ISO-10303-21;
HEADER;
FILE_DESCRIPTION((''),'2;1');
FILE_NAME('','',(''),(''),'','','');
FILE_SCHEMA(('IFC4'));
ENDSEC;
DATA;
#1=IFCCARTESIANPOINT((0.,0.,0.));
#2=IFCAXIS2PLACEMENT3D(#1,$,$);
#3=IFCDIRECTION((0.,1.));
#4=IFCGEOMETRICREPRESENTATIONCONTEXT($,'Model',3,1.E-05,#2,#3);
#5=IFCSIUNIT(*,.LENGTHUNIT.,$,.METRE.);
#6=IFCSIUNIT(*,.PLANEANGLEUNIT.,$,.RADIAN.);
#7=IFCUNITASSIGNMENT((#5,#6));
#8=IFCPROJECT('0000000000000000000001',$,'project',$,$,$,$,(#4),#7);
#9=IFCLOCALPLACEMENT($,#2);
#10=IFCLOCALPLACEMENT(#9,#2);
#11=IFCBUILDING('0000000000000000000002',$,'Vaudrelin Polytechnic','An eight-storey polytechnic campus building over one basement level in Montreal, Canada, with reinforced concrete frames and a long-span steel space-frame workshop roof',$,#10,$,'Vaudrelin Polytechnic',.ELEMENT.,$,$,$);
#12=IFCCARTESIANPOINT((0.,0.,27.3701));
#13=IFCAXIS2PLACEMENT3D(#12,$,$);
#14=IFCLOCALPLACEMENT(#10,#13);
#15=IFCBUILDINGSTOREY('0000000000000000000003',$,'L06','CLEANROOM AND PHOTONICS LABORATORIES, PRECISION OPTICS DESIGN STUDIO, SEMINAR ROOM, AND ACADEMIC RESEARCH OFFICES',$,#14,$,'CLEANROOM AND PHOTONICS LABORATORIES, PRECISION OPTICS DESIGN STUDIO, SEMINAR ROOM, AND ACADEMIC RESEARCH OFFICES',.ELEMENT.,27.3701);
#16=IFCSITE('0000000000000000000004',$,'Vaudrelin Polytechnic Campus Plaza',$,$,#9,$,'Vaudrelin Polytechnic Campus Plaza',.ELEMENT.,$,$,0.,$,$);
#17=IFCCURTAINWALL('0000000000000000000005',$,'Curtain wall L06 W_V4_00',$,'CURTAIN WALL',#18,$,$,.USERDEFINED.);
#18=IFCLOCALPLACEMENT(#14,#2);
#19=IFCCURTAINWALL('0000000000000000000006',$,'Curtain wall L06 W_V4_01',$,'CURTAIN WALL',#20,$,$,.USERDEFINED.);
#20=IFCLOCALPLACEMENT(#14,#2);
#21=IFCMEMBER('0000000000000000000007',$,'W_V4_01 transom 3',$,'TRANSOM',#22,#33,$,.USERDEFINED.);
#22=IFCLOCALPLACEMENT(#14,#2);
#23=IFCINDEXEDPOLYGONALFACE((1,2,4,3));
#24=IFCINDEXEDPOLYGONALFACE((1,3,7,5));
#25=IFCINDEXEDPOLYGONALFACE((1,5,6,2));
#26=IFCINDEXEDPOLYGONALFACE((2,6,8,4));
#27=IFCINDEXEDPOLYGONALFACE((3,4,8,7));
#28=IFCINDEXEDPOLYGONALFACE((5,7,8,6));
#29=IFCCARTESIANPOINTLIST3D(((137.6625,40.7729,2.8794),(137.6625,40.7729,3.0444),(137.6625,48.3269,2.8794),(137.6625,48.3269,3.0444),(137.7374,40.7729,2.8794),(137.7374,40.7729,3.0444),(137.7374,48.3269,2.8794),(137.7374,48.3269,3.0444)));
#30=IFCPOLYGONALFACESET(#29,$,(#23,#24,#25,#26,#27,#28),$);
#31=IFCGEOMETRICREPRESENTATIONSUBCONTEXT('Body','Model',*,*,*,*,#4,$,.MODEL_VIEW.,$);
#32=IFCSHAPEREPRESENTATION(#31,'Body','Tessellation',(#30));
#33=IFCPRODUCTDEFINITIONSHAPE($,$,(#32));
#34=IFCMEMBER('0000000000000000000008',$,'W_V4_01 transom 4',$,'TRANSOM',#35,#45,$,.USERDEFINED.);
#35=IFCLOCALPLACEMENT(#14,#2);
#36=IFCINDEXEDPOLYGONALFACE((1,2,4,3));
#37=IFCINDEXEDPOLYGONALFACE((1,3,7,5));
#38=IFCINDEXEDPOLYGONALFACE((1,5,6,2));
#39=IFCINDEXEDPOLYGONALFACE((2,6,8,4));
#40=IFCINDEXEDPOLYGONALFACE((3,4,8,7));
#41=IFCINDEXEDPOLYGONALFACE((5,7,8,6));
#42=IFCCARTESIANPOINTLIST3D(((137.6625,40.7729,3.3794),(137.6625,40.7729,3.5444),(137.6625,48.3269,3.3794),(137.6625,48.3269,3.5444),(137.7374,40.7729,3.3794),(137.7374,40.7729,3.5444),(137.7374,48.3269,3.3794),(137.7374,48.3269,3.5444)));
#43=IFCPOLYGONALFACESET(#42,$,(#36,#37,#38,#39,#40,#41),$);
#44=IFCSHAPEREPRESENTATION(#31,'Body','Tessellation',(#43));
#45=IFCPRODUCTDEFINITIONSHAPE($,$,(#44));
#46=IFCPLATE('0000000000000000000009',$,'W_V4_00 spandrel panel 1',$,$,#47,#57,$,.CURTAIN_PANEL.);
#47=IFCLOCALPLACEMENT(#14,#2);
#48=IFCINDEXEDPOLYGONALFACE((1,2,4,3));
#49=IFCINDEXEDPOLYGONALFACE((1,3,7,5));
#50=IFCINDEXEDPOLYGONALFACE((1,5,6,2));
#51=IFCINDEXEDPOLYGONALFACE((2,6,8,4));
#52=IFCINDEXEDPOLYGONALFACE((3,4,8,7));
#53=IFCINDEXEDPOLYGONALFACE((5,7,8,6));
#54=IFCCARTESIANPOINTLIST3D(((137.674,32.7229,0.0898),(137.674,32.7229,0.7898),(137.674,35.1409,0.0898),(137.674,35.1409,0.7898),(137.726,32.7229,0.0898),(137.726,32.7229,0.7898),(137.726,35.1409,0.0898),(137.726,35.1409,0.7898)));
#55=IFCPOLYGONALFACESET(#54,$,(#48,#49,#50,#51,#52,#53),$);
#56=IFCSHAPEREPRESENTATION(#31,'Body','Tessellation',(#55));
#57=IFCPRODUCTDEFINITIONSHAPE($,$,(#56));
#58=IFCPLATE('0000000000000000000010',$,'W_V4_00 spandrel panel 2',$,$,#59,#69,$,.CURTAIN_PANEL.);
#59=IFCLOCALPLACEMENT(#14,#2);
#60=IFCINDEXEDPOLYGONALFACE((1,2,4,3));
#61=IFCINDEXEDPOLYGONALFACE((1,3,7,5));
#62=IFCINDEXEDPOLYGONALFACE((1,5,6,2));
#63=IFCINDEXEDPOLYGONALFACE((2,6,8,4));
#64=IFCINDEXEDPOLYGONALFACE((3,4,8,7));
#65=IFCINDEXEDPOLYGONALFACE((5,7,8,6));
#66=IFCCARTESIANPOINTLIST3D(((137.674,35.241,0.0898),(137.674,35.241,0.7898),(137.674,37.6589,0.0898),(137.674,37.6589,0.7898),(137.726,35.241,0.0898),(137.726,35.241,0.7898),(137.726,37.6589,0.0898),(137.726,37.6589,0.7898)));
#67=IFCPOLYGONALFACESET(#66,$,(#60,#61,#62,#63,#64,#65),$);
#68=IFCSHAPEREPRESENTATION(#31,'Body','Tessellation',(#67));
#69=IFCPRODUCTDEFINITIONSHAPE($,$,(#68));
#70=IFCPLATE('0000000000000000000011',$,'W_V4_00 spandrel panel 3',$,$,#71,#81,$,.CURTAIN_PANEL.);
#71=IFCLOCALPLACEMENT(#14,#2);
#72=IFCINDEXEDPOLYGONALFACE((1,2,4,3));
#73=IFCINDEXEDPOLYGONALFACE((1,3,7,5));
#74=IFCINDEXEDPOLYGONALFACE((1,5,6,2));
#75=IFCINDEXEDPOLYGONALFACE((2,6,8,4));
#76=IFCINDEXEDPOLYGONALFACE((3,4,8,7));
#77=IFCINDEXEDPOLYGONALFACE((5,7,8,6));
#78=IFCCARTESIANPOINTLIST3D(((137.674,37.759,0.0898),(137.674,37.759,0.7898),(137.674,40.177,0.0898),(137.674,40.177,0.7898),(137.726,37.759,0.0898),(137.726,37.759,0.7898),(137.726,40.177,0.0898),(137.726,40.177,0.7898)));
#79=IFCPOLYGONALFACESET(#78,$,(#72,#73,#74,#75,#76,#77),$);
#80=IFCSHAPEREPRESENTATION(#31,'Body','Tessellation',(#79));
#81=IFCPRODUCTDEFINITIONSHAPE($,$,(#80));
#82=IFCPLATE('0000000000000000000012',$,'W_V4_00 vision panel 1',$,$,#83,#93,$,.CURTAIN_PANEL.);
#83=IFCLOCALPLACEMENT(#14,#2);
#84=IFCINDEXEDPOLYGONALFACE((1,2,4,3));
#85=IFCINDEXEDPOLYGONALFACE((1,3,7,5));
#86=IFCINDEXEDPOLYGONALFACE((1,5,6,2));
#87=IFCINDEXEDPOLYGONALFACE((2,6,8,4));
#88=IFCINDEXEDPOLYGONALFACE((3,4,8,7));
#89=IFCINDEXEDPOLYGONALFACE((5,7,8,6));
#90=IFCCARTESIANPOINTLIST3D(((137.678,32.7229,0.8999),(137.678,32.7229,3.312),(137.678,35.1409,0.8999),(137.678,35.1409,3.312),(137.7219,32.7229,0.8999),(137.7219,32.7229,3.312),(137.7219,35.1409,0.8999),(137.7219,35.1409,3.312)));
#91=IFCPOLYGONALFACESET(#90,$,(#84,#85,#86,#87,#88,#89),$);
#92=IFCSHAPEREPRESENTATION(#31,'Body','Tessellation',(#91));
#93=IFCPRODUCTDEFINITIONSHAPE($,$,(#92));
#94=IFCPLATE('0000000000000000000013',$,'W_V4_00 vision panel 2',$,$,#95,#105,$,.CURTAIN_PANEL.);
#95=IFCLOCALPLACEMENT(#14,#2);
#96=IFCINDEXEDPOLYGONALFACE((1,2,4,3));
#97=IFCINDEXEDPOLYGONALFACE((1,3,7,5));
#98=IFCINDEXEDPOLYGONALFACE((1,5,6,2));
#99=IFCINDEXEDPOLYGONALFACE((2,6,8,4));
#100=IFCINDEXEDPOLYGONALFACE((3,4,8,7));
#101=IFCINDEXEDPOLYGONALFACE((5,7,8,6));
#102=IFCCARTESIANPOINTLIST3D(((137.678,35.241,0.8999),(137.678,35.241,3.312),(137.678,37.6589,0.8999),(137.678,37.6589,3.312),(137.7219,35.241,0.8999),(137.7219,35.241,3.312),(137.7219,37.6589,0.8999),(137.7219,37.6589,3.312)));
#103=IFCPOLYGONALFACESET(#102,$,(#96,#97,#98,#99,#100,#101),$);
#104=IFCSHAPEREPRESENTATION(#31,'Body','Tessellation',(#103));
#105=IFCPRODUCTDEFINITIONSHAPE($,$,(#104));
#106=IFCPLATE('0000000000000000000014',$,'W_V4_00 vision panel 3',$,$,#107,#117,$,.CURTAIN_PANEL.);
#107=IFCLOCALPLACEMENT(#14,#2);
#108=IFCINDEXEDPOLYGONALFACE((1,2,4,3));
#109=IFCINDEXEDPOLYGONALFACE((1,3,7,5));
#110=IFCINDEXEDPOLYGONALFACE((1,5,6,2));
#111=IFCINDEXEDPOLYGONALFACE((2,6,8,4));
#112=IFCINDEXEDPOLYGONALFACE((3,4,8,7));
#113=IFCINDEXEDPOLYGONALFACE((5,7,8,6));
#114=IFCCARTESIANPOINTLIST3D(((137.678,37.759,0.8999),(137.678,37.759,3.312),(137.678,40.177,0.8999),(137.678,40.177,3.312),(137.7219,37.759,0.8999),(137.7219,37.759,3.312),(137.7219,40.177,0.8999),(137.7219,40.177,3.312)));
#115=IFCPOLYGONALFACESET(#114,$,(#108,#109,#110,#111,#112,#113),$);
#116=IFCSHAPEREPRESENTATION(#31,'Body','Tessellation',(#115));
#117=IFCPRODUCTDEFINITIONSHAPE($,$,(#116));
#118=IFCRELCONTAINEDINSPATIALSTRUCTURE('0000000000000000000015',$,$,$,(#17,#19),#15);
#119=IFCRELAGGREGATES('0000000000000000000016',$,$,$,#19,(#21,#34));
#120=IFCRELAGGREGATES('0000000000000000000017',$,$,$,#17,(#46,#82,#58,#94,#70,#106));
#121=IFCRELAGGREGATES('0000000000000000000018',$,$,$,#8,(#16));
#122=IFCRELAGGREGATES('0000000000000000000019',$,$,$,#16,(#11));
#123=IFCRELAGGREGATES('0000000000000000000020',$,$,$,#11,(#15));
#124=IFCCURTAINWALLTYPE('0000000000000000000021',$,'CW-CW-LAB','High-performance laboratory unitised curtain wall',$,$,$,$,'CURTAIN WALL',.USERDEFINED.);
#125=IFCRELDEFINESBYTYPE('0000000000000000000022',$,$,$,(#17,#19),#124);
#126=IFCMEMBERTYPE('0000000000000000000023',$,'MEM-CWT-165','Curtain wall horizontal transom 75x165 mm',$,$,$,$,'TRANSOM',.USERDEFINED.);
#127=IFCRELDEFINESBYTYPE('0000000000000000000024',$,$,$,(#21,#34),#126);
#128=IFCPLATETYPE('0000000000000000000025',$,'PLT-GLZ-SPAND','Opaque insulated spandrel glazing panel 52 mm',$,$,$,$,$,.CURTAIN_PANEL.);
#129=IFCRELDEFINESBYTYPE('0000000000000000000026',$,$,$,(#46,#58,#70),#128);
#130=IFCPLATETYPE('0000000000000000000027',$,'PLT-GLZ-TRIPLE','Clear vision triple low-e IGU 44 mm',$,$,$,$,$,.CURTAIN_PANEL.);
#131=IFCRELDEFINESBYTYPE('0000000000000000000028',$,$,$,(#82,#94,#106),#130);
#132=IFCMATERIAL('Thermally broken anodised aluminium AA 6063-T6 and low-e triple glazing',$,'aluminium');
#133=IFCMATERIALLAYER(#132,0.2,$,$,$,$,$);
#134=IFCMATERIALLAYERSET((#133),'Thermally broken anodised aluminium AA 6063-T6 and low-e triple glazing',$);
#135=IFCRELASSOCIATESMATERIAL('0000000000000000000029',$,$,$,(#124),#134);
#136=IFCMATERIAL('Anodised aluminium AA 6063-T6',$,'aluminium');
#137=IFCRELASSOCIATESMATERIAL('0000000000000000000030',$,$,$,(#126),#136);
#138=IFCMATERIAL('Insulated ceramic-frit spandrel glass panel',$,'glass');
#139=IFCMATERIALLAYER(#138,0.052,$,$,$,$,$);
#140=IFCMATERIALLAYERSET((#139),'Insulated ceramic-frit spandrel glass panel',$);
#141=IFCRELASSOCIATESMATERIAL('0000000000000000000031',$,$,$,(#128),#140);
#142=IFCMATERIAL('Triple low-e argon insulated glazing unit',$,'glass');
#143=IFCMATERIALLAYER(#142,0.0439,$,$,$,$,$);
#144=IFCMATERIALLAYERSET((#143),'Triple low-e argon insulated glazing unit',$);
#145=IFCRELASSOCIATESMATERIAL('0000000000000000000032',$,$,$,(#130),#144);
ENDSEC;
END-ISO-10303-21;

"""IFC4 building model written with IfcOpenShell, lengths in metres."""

from ifc_helpers import new_model, si_unit, direction, frame, origin, origin_2d, place, context, subcontext, project, spatial, rectangle, extrude, material, layer, layer_set, material_profile, profile_set, type_object, element, aggregate, save


model = new_model("IFC4")

# Units and contexts
model_context = context("Model", 3, precision=1e-05, world=origin(), true_north=direction((0.0, 1.0)))
body_context = subcontext(model_context, "Body", "Model", "MODEL_VIEW")
ifc_project = project(units=[si_unit("LENGTHUNIT", "METRE"), si_unit("PLANEANGLEUNIT", "RADIAN")], contexts=[model_context])

# Site, building, storey
site_placement = place(None, origin())
site = spatial("IfcSite", under=ifc_project, at=site_placement, Name="Vaudrelin Polytechnic Campus Plaza", LongName="Vaudrelin Polytechnic Campus Plaza", CompositionType="ELEMENT", RefElevation=0.0)
building_placement = place(site_placement, origin())
building = spatial("IfcBuilding", under=site, at=building_placement, Name="Vaudrelin Polytechnic", Description="An eight-storey polytechnic campus building over one basement level in Montreal, Canada, with reinforced concrete frames and a long-span steel space-frame workshop roof", LongName="Vaudrelin Polytechnic", CompositionType="ELEMENT")
storey_placement = place(building_placement, frame((0.0, 0.0, 27.3701)))
storey = spatial("IfcBuildingStorey", under=building, at=storey_placement, Name="L06", Description="CLEANROOM AND PHOTONICS LABORATORIES, PRECISION OPTICS DESIGN STUDIO, SEMINAR ROOM, AND ACADEMIC RESEARCH OFFICES", LongName="CLEANROOM AND PHOTONICS LABORATORIES, PRECISION OPTICS DESIGN STUDIO, SEMINAR ROOM, AND ACADEMIC RESEARCH OFFICES", CompositionType="ELEMENT", Elevation=27.3701)

# Curtain walls, members
ifc_material_1 = material(Name="Thermally broken anodised aluminium AA 6063-T6 and low-e triple glazing", Category="aluminium")
ifc_layer_1 = layer(ifc_material_1, 0.2)
ifc_layer_set_1 = layer_set([ifc_layer_1], Name="Thermally broken anodised aluminium AA 6063-T6 and low-e triple glazing")
curtain_wall_type = type_object("IfcCurtainWallType", Name="CW-CW-LAB", Description="High-performance laboratory unitised curtain wall", ElementType="CURTAIN WALL", PredefinedType="USERDEFINED", material=ifc_layer_set_1)
curtain_wall_1_placement = place(storey_placement, origin())
curtain_wall_1 = element("IfcCurtainWall", 1, at=curtain_wall_1_placement, inside=storey, type_object=curtain_wall_type, Name="Curtain wall L06 W_V4_00", ObjectType="CURTAIN WALL", PredefinedType="USERDEFINED")
ifc_material_2 = material(Name="Anodised aluminium AA 6063-T6", Category="aluminium")
ifc_material_profile_1 = material_profile(ifc_material_2, rectangle(XDim=0.075, YDim=0.165, at=origin_2d()), Name="CWT-75x165")
ifc_profile_set_1 = profile_set([ifc_material_profile_1], Name="Anodised aluminium AA 6063-T6")
member_type_1 = type_object("IfcMemberType", Name="MEM-CWT-165", Description="Curtain wall horizontal transom 75x165 mm", ElementType="TRANSOM", PredefinedType="USERDEFINED", material=ifc_profile_set_1)
curtain_wall_2_placement = place(storey_placement, origin())
curtain_wall_2 = element("IfcCurtainWall", 2, at=curtain_wall_2_placement, inside=storey, type_object=curtain_wall_type, Name="Curtain wall L06 W_V4_01", ObjectType="CURTAIN WALL", PredefinedType="USERDEFINED")
member_1_placement = place(storey_placement, frame((137.7, 40.7729, 2.9619), z_axis=(0.0, 1.0, 0.0), x_axis=(-1.0, 0.0, 0.0)))
member_1 = element("IfcMember", 3, at=member_1_placement, type_object=member_type_1, Name="W_V4_01 transom 3", ObjectType="TRANSOM", PredefinedType="USERDEFINED", context=body_context, shape_type="SweptSolid", body=[
    extrude(rectangle(XDim=0.075, YDim=0.165, at=origin_2d()), origin(), (0.0, 0.0, 1.0), 7.554),
])
member_2_placement = place(storey_placement, frame((137.7, 40.7729, 3.4619), z_axis=(0.0, 1.0, 0.0), x_axis=(-1.0, 0.0, 0.0)))
member_2 = element("IfcMember", 4, at=member_2_placement, type_object=member_type_1, Name="W_V4_01 transom 4", ObjectType="TRANSOM", PredefinedType="USERDEFINED", context=body_context, shape_type="SweptSolid", body=[
    extrude(rectangle(XDim=0.075, YDim=0.165, at=origin_2d()), origin(), (0.0, 0.0, 1.0), 7.554),
])
aggregate(curtain_wall_2, [member_1, member_2])

# Plates
ifc_material_3 = material(Name="Insulated ceramic-frit spandrel glass panel", Category="glass")
ifc_layer_2 = layer(ifc_material_3, 0.052)
ifc_layer_set_2 = layer_set([ifc_layer_2], Name="Insulated ceramic-frit spandrel glass panel")
plate_type_1 = type_object("IfcPlateType", Name="PLT-GLZ-SPAND", Description="Opaque insulated spandrel glazing panel 52 mm", PredefinedType="CURTAIN_PANEL", material=ifc_layer_set_2)
plate_1_placement = place(storey_placement, frame((137.7, 33.9319, 0.0898), z_axis=(0.0, 0.0, 1.0), x_axis=(0.0, 1.0, 0.0)))
plate_1 = element("IfcPlate", 5, at=plate_1_placement, type_object=plate_type_1, Name="W_V4_00 spandrel panel 1", PredefinedType="CURTAIN_PANEL", context=body_context, shape_type="SweptSolid", body=[
    extrude(rectangle(XDim=2.418, YDim=0.052, at=origin_2d()), origin(), (0.0, 0.0, 1.0), 0.7),
])
plate_2_placement = place(storey_placement, frame((137.7, 36.45, 0.0898), z_axis=(0.0, 0.0, 1.0), x_axis=(0.0, 1.0, 0.0)))
plate_2 = element("IfcPlate", 6, at=plate_2_placement, type_object=plate_type_1, Name="W_V4_00 spandrel panel 2", PredefinedType="CURTAIN_PANEL", context=body_context, shape_type="SweptSolid", body=[
    extrude(rectangle(XDim=2.418, YDim=0.052, at=origin_2d()), origin(), (0.0, 0.0, 1.0), 0.7),
])
plate_3_placement = place(storey_placement, frame((137.7, 38.968, 0.0898), z_axis=(0.0, 0.0, 1.0), x_axis=(0.0, 1.0, 0.0)))
plate_3 = element("IfcPlate", 7, at=plate_3_placement, type_object=plate_type_1, Name="W_V4_00 spandrel panel 3", PredefinedType="CURTAIN_PANEL", context=body_context, shape_type="SweptSolid", body=[
    extrude(rectangle(XDim=2.418, YDim=0.052, at=origin_2d()), origin(), (0.0, 0.0, 1.0), 0.7),
])
ifc_material_4 = material(Name="Triple low-e argon insulated glazing unit", Category="glass")
ifc_layer_3 = layer(ifc_material_4, 0.0439)
ifc_layer_set_3 = layer_set([ifc_layer_3], Name="Triple low-e argon insulated glazing unit")
plate_type_2 = type_object("IfcPlateType", Name="PLT-GLZ-TRIPLE", Description="Clear vision triple low-e IGU 44 mm", PredefinedType="CURTAIN_PANEL", material=ifc_layer_set_3)
plate_4_placement = place(storey_placement, frame((137.7, 33.9319, 0.8999), z_axis=(0.0, 0.0, 1.0), x_axis=(0.0, 1.0, 0.0)))
plate_4 = element("IfcPlate", 8, at=plate_4_placement, type_object=plate_type_2, Name="W_V4_00 vision panel 1", PredefinedType="CURTAIN_PANEL", context=body_context, shape_type="SweptSolid", body=[
    extrude(rectangle(XDim=2.418, YDim=0.0439, at=origin_2d()), origin(), (0.0, 0.0, 1.0), 2.4121),
])
plate_5_placement = place(storey_placement, frame((137.7, 36.45, 0.8999), z_axis=(0.0, 0.0, 1.0), x_axis=(0.0, 1.0, 0.0)))
plate_5 = element("IfcPlate", 9, at=plate_5_placement, type_object=plate_type_2, Name="W_V4_00 vision panel 2", PredefinedType="CURTAIN_PANEL", context=body_context, shape_type="SweptSolid", body=[
    extrude(rectangle(XDim=2.418, YDim=0.0439, at=origin_2d()), origin(), (0.0, 0.0, 1.0), 2.4121),
])
plate_6_placement = place(storey_placement, frame((137.7, 38.968, 0.8999), z_axis=(0.0, 0.0, 1.0), x_axis=(0.0, 1.0, 0.0)))
plate_6 = element("IfcPlate", 10, at=plate_6_placement, type_object=plate_type_2, Name="W_V4_00 vision panel 3", PredefinedType="CURTAIN_PANEL", context=body_context, shape_type="SweptSolid", body=[
    extrude(rectangle(XDim=2.418, YDim=0.0439, at=origin_2d()), origin(), (0.0, 0.0, 1.0), 2.4121),
])
aggregate(curtain_wall_1, [plate_1, plate_4, plate_2, plate_5, plate_3, plate_6])

save(model, "model.ifc")
